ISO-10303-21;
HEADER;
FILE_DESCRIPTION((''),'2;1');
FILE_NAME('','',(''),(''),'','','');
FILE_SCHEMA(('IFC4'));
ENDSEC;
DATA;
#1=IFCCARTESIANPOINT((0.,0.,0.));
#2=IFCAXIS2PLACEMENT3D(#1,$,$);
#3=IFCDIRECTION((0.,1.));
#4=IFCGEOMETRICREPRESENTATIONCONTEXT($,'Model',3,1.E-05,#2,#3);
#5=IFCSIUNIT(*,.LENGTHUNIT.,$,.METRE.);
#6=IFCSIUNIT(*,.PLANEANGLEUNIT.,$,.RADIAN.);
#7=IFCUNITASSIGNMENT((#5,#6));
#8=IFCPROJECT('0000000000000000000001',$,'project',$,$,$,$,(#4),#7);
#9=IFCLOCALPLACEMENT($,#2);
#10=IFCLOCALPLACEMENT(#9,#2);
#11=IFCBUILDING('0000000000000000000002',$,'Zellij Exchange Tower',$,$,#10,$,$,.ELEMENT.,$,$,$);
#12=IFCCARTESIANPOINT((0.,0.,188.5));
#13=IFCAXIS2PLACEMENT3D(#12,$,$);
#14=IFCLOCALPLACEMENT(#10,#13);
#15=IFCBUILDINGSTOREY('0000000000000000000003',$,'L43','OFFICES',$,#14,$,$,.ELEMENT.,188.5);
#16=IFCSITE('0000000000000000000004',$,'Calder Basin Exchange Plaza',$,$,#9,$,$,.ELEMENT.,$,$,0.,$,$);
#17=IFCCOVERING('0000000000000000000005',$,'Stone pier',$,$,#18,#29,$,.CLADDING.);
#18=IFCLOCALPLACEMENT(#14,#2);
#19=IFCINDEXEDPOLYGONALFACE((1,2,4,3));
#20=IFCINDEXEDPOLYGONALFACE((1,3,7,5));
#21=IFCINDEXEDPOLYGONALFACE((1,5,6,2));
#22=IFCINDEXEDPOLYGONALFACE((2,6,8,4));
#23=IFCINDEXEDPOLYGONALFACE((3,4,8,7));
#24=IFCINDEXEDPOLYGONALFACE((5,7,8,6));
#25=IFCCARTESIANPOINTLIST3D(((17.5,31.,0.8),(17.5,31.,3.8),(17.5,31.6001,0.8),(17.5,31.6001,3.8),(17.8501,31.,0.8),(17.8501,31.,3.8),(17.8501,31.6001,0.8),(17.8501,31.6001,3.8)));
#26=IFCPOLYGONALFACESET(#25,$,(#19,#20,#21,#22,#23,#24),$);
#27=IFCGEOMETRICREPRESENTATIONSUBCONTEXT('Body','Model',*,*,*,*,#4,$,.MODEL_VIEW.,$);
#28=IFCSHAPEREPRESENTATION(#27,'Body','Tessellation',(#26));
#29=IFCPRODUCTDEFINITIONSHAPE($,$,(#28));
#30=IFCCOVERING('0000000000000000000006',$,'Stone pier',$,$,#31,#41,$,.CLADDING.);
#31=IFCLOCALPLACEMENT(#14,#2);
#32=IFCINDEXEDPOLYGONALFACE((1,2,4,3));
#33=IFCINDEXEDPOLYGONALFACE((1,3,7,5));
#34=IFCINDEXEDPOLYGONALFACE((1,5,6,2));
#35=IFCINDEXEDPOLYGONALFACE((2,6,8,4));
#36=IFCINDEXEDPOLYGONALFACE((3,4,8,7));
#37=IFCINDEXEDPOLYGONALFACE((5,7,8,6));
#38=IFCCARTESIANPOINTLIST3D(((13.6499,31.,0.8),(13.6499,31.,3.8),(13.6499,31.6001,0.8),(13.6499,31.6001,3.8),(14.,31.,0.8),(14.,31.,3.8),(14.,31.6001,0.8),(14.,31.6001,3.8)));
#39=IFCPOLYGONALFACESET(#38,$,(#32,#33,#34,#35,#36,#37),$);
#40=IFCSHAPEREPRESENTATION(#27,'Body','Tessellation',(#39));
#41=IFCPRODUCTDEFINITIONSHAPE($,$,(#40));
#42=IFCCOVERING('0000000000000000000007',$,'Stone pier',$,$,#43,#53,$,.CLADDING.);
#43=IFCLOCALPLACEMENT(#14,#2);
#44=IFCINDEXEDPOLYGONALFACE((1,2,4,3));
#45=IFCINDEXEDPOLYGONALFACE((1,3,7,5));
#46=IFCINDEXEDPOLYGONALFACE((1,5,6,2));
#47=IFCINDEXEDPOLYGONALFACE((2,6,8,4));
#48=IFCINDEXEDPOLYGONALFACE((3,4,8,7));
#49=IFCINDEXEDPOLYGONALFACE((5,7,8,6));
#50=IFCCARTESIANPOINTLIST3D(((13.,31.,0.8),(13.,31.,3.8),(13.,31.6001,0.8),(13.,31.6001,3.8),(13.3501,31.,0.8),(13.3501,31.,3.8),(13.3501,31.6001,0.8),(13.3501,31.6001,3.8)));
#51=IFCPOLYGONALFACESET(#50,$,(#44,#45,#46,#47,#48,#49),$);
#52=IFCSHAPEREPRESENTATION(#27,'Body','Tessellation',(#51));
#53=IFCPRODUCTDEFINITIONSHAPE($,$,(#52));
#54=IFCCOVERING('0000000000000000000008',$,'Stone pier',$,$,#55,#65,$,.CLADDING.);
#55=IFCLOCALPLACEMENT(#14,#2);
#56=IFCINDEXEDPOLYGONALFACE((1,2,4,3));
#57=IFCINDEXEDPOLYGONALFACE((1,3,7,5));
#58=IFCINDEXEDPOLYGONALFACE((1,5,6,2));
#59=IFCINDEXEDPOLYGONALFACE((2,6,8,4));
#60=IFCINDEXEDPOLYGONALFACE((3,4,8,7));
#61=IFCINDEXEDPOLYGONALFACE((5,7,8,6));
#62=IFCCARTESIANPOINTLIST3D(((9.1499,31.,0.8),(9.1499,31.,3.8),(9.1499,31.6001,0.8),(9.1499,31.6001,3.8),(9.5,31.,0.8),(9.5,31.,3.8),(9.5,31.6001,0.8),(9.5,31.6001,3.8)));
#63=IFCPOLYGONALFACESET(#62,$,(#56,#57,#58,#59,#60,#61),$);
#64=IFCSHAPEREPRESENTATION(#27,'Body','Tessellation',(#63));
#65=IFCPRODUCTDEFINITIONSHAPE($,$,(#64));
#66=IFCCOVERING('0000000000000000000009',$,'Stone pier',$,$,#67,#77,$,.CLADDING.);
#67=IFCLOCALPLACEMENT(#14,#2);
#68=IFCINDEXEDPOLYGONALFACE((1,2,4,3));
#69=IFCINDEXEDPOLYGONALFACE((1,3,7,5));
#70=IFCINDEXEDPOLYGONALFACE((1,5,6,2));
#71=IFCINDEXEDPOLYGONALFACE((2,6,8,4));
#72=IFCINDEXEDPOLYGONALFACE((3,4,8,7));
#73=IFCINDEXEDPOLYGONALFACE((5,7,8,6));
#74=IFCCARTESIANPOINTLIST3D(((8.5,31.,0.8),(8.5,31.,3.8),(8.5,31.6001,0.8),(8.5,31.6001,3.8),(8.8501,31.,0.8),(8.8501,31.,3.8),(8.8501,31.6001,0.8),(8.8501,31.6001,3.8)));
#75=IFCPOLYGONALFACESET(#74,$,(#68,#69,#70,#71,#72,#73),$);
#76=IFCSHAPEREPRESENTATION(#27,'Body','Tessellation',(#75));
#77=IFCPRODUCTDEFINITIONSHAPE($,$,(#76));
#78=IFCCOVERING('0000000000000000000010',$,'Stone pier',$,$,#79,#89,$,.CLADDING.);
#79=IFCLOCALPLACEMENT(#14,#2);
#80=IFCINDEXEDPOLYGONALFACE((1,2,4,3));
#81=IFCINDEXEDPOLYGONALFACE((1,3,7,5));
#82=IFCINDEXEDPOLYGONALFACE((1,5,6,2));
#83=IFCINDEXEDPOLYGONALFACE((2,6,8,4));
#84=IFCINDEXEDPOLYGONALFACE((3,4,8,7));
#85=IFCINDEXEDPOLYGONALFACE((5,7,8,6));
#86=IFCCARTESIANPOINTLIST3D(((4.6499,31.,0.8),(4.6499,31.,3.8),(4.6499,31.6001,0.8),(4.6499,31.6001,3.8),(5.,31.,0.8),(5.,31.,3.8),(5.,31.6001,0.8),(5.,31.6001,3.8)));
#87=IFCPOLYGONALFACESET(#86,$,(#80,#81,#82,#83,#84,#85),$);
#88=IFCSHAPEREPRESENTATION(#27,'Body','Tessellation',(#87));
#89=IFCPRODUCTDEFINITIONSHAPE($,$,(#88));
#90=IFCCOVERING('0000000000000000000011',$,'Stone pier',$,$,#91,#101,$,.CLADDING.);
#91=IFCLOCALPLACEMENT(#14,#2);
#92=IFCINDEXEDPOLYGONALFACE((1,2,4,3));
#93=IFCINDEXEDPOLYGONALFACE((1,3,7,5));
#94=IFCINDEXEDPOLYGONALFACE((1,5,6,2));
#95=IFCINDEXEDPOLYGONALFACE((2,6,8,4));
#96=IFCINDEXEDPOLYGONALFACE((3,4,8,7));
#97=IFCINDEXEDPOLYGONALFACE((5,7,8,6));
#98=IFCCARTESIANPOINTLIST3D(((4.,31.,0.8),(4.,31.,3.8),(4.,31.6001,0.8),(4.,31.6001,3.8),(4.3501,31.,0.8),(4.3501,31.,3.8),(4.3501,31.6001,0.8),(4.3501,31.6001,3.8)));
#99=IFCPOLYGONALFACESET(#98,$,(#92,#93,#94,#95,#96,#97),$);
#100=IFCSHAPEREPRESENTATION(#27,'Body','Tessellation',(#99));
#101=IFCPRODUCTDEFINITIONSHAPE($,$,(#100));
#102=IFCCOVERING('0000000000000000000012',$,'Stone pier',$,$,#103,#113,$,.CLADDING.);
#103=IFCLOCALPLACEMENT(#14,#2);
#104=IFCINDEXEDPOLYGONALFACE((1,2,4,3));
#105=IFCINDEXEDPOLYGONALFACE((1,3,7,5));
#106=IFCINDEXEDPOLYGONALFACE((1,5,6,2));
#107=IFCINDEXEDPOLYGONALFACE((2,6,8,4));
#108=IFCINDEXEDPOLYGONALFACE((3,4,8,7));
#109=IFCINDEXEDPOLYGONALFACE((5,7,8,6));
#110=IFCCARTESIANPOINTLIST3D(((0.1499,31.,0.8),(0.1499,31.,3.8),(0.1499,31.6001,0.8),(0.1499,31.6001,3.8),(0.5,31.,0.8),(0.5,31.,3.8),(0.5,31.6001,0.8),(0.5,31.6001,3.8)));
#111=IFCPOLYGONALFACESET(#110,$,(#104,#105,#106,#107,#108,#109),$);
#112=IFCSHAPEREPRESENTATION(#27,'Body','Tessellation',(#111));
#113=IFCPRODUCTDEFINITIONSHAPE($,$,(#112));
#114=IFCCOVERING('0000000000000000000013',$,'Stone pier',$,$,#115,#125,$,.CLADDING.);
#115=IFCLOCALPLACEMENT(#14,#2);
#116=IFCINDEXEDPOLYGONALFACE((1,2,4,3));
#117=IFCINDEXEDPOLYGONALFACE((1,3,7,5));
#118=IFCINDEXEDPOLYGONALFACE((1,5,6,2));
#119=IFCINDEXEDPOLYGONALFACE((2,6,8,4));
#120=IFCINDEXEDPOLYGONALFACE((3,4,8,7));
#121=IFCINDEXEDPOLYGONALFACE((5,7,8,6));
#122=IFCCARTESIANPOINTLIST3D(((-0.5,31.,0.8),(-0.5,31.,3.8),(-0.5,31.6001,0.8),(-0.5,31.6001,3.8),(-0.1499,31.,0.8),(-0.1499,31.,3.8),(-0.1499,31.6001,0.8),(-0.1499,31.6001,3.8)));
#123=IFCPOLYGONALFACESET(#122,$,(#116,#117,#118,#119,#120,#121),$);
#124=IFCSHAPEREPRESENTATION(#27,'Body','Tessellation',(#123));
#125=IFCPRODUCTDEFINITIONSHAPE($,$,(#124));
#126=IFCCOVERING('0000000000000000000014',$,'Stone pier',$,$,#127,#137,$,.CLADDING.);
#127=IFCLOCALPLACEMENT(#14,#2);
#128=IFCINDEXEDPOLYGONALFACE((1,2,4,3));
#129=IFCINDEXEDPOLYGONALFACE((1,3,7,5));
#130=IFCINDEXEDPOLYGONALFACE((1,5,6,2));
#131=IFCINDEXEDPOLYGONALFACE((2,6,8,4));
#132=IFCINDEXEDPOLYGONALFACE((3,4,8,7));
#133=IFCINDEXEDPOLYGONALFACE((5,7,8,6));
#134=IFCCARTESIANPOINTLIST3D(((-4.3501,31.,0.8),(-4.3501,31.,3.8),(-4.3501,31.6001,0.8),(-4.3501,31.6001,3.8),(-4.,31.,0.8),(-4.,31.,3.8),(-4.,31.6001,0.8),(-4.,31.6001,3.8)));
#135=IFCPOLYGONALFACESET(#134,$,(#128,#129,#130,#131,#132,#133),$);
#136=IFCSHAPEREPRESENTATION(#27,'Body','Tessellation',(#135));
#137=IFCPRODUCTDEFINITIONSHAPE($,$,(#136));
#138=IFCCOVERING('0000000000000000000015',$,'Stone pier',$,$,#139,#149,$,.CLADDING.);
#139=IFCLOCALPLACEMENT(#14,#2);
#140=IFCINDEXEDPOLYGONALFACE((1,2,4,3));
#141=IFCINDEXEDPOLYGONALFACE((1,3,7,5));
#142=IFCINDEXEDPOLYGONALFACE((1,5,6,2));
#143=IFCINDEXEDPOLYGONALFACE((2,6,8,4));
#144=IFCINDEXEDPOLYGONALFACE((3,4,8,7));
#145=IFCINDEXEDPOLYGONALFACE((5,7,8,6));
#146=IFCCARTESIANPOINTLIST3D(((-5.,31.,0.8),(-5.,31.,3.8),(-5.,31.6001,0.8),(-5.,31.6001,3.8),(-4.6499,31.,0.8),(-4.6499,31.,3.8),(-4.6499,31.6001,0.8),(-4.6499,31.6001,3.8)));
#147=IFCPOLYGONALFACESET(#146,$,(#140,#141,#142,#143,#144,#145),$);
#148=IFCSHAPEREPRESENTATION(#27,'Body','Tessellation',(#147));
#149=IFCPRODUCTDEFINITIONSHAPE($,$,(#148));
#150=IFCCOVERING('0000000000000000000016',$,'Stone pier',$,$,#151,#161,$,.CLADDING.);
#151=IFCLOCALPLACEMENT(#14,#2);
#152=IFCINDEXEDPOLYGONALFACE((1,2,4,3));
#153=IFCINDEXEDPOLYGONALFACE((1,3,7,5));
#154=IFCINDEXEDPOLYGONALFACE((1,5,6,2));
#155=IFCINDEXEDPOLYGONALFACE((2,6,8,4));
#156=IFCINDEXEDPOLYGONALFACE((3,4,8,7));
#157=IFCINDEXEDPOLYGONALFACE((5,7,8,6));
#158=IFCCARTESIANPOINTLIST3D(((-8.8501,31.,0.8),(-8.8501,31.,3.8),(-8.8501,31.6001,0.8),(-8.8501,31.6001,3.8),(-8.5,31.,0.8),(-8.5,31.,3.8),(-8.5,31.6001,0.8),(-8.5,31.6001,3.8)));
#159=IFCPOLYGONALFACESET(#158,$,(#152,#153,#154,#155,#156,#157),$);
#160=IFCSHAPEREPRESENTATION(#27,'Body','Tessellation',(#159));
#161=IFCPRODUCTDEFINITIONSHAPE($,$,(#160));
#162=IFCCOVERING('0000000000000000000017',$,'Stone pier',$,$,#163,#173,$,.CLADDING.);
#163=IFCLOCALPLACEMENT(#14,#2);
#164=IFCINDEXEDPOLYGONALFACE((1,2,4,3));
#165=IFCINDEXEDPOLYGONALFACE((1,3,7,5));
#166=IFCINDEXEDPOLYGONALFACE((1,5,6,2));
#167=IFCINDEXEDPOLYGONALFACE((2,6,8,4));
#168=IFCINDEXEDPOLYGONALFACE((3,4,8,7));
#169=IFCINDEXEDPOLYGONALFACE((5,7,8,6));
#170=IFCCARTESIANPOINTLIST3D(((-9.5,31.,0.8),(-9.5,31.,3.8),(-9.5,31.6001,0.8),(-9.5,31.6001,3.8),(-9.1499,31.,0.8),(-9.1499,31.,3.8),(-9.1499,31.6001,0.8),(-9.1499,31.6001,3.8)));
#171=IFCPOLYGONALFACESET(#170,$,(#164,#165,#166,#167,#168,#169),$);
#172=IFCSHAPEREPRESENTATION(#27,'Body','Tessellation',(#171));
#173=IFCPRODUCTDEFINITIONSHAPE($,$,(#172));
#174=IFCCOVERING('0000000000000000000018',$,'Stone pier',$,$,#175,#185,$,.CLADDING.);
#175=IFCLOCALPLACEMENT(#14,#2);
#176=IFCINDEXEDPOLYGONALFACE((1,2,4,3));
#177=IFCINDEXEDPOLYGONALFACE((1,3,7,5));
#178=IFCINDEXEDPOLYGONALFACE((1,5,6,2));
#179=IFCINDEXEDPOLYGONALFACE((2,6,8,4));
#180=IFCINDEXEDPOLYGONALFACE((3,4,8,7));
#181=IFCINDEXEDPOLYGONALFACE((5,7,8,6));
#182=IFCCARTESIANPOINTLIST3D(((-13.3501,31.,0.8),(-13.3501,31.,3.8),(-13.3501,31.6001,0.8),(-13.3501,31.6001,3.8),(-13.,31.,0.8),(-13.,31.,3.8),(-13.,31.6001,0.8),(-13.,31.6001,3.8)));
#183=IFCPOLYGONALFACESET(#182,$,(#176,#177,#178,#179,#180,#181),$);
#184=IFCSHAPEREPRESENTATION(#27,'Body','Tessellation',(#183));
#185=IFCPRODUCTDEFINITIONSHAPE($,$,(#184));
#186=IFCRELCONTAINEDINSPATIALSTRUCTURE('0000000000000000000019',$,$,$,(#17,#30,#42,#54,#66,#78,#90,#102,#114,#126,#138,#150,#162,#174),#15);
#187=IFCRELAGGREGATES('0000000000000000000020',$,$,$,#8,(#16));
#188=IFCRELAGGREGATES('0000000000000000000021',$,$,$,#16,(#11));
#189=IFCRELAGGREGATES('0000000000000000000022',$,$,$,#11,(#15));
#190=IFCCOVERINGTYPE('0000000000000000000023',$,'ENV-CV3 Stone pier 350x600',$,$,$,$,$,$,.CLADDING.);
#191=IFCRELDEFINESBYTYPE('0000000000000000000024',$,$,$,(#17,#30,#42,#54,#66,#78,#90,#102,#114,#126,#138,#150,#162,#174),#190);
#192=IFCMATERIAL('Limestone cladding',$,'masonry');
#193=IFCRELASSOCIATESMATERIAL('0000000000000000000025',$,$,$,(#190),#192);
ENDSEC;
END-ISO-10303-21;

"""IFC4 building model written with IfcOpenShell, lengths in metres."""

from ifc_helpers import new_model, si_unit, direction, frame, origin, place, context, subcontext, project, spatial, polyline, outline, extrude, material, type_object, element, save


model = new_model("IFC4")

# Units and contexts
model_context = context("Model", 3, precision=1e-05, world=origin(), true_north=direction((0.0, 1.0)))
body_context = subcontext(model_context, "Body", "Model", "MODEL_VIEW")
ifc_project = project(units=[si_unit("LENGTHUNIT", "METRE"), si_unit("PLANEANGLEUNIT", "RADIAN")], contexts=[model_context])

# Site, building, storey
site_placement = place(None, origin())
site = spatial("IfcSite", under=ifc_project, at=site_placement, Name="Calder Basin Exchange Plaza", CompositionType="ELEMENT", RefElevation=0.0)
building_placement = place(site_placement, origin())
building = spatial("IfcBuilding", under=site, at=building_placement, Name="Zellij Exchange Tower", CompositionType="ELEMENT")
storey_placement = place(building_placement, frame((0.0, 0.0, 188.5)))
storey = spatial("IfcBuildingStorey", under=building, at=storey_placement, Name="L43", Description="OFFICES", CompositionType="ELEMENT", Elevation=188.5)

# Coverings
ifc_material = material(Name="Limestone cladding", Category="masonry")
covering_type = type_object("IfcCoveringType", Name="ENV-CV3 Stone pier 350x600", PredefinedType="CLADDING", material=ifc_material)
covering_1_placement = place(storey_placement, frame((0.0, 0.0, 0.8)))
element("IfcCovering", 1, at=covering_1_placement, inside=storey, type_object=covering_type, Name="Stone pier", PredefinedType="CLADDING", context=body_context, shape_type="SweptSolid", body=[
    extrude(outline(polyline([(17.8501, 31.0), (17.5, 31.0), (17.5, 31.6001), (17.8501, 31.6001), (17.8501, 31.0)])), origin(), (0.0, 0.0, 1.0), 3.0),
])
covering_2_placement = place(storey_placement, frame((0.0, 0.0, 0.8)))
element("IfcCovering", 2, at=covering_2_placement, inside=storey, type_object=covering_type, Name="Stone pier", PredefinedType="CLADDING", context=body_context, shape_type="SweptSolid", body=[
    extrude(outline(polyline([(14.0, 31.0), (13.6499, 31.0), (13.6499, 31.6001), (14.0, 31.6001), (14.0, 31.0)])), origin(), (0.0, 0.0, 1.0), 3.0),
])
covering_3_placement = place(storey_placement, frame((0.0, 0.0, 0.8)))
element("IfcCovering", 3, at=covering_3_placement, inside=storey, type_object=covering_type, Name="Stone pier", PredefinedType="CLADDING", context=body_context, shape_type="SweptSolid", body=[
    extrude(outline(polyline([(13.3501, 31.0), (13.0, 31.0), (13.0, 31.6001), (13.3501, 31.6001), (13.3501, 31.0)])), origin(), (0.0, 0.0, 1.0), 3.0),
])
covering_4_placement = place(storey_placement, frame((0.0, 0.0, 0.8)))
element("IfcCovering", 4, at=covering_4_placement, inside=storey, type_object=covering_type, Name="Stone pier", PredefinedType="CLADDING", context=body_context, shape_type="SweptSolid", body=[
    extrude(outline(polyline([(9.5, 31.0), (9.1499, 31.0), (9.1499, 31.6001), (9.5, 31.6001), (9.5, 31.0)])), origin(), (0.0, 0.0, 1.0), 3.0),
])
covering_5_placement = place(storey_placement, frame((0.0, 0.0, 0.8)))
element("IfcCovering", 5, at=covering_5_placement, inside=storey, type_object=covering_type, Name="Stone pier", PredefinedType="CLADDING", context=body_context, shape_type="SweptSolid", body=[
    extrude(outline(polyline([(8.8501, 31.0), (8.5, 31.0), (8.5, 31.6001), (8.8501, 31.6001), (8.8501, 31.0)])), origin(), (0.0, 0.0, 1.0), 3.0),
])
covering_6_placement = place(storey_placement, frame((0.0, 0.0, 0.8)))
element("IfcCovering", 6, at=covering_6_placement, inside=storey, type_object=covering_type, Name="Stone pier", PredefinedType="CLADDING", context=body_context, shape_type="SweptSolid", body=[
    extrude(outline(polyline([(5.0, 31.0), (4.6499, 31.0), (4.6499, 31.6001), (5.0, 31.6001), (5.0, 31.0)])), origin(), (0.0, 0.0, 1.0), 3.0),
])
covering_7_placement = place(storey_placement, frame((0.0, 0.0, 0.8)))
element("IfcCovering", 7, at=covering_7_placement, inside=storey, type_object=covering_type, Name="Stone pier", PredefinedType="CLADDING", context=body_context, shape_type="SweptSolid", body=[
    extrude(outline(polyline([(4.3501, 31.0), (4.0, 31.0), (4.0, 31.6001), (4.3501, 31.6001), (4.3501, 31.0)])), origin(), (0.0, 0.0, 1.0), 3.0),
])
covering_8_placement = place(storey_placement, frame((0.0, 0.0, 0.8)))
element("IfcCovering", 8, at=covering_8_placement, inside=storey, type_object=covering_type, Name="Stone pier", PredefinedType="CLADDING", context=body_context, shape_type="SweptSolid", body=[
    extrude(outline(polyline([(0.5, 31.0), (0.1499, 31.0), (0.1499, 31.6001), (0.5, 31.6001), (0.5, 31.0)])), origin(), (0.0, 0.0, 1.0), 3.0),
])
covering_9_placement = place(storey_placement, frame((0.0, 0.0, 0.8)))
element("IfcCovering", 9, at=covering_9_placement, inside=storey, type_object=covering_type, Name="Stone pier", PredefinedType="CLADDING", context=body_context, shape_type="SweptSolid", body=[
    extrude(outline(polyline([(-0.1499, 31.0), (-0.5, 31.0), (-0.5, 31.6001), (-0.1499, 31.6001), (-0.1499, 31.0)])), origin(), (0.0, 0.0, 1.0), 3.0),
])
covering_10_placement = place(storey_placement, frame((0.0, 0.0, 0.8)))
element("IfcCovering", 10, at=covering_10_placement, inside=storey, type_object=covering_type, Name="Stone pier", PredefinedType="CLADDING", context=body_context, shape_type="SweptSolid", body=[
    extrude(outline(polyline([(-4.0, 31.0), (-4.3501, 31.0), (-4.3501, 31.6001), (-4.0, 31.6001), (-4.0, 31.0)])), origin(), (0.0, 0.0, 1.0), 3.0),
])
covering_11_placement = place(storey_placement, frame((0.0, 0.0, 0.8)))
element("IfcCovering", 11, at=covering_11_placement, inside=storey, type_object=covering_type, Name="Stone pier", PredefinedType="CLADDING", context=body_context, shape_type="SweptSolid", body=[
    extrude(outline(polyline([(-4.6499, 31.0), (-5.0, 31.0), (-5.0, 31.6001), (-4.6499, 31.6001), (-4.6499, 31.0)])), origin(), (0.0, 0.0, 1.0), 3.0),
])
covering_12_placement = place(storey_placement, frame((0.0, 0.0, 0.8)))
element("IfcCovering", 12, at=covering_12_placement, inside=storey, type_object=covering_type, Name="Stone pier", PredefinedType="CLADDING", context=body_context, shape_type="SweptSolid", body=[
    extrude(outline(polyline([(-8.5, 31.0), (-8.8501, 31.0), (-8.8501, 31.6001), (-8.5, 31.6001), (-8.5, 31.0)])), origin(), (0.0, 0.0, 1.0), 3.0),
])
covering_13_placement = place(storey_placement, frame((0.0, 0.0, 0.8)))
element("IfcCovering", 13, at=covering_13_placement, inside=storey, type_object=covering_type, Name="Stone pier", PredefinedType="CLADDING", context=body_context, shape_type="SweptSolid", body=[
    extrude(outline(polyline([(-9.1499, 31.0), (-9.5, 31.0), (-9.5, 31.6001), (-9.1499, 31.6001), (-9.1499, 31.0)])), origin(), (0.0, 0.0, 1.0), 3.0),
])
covering_14_placement = place(storey_placement, frame((0.0, 0.0, 0.8)))
element("IfcCovering", 14, at=covering_14_placement, inside=storey, type_object=covering_type, Name="Stone pier", PredefinedType="CLADDING", context=body_context, shape_type="SweptSolid", body=[
    extrude(outline(polyline([(-13.0, 31.0), (-13.3501, 31.0), (-13.3501, 31.6001), (-13.0, 31.6001), (-13.0, 31.0)])), origin(), (0.0, 0.0, 1.0), 3.0),
])

save(model, "model.ifc")
